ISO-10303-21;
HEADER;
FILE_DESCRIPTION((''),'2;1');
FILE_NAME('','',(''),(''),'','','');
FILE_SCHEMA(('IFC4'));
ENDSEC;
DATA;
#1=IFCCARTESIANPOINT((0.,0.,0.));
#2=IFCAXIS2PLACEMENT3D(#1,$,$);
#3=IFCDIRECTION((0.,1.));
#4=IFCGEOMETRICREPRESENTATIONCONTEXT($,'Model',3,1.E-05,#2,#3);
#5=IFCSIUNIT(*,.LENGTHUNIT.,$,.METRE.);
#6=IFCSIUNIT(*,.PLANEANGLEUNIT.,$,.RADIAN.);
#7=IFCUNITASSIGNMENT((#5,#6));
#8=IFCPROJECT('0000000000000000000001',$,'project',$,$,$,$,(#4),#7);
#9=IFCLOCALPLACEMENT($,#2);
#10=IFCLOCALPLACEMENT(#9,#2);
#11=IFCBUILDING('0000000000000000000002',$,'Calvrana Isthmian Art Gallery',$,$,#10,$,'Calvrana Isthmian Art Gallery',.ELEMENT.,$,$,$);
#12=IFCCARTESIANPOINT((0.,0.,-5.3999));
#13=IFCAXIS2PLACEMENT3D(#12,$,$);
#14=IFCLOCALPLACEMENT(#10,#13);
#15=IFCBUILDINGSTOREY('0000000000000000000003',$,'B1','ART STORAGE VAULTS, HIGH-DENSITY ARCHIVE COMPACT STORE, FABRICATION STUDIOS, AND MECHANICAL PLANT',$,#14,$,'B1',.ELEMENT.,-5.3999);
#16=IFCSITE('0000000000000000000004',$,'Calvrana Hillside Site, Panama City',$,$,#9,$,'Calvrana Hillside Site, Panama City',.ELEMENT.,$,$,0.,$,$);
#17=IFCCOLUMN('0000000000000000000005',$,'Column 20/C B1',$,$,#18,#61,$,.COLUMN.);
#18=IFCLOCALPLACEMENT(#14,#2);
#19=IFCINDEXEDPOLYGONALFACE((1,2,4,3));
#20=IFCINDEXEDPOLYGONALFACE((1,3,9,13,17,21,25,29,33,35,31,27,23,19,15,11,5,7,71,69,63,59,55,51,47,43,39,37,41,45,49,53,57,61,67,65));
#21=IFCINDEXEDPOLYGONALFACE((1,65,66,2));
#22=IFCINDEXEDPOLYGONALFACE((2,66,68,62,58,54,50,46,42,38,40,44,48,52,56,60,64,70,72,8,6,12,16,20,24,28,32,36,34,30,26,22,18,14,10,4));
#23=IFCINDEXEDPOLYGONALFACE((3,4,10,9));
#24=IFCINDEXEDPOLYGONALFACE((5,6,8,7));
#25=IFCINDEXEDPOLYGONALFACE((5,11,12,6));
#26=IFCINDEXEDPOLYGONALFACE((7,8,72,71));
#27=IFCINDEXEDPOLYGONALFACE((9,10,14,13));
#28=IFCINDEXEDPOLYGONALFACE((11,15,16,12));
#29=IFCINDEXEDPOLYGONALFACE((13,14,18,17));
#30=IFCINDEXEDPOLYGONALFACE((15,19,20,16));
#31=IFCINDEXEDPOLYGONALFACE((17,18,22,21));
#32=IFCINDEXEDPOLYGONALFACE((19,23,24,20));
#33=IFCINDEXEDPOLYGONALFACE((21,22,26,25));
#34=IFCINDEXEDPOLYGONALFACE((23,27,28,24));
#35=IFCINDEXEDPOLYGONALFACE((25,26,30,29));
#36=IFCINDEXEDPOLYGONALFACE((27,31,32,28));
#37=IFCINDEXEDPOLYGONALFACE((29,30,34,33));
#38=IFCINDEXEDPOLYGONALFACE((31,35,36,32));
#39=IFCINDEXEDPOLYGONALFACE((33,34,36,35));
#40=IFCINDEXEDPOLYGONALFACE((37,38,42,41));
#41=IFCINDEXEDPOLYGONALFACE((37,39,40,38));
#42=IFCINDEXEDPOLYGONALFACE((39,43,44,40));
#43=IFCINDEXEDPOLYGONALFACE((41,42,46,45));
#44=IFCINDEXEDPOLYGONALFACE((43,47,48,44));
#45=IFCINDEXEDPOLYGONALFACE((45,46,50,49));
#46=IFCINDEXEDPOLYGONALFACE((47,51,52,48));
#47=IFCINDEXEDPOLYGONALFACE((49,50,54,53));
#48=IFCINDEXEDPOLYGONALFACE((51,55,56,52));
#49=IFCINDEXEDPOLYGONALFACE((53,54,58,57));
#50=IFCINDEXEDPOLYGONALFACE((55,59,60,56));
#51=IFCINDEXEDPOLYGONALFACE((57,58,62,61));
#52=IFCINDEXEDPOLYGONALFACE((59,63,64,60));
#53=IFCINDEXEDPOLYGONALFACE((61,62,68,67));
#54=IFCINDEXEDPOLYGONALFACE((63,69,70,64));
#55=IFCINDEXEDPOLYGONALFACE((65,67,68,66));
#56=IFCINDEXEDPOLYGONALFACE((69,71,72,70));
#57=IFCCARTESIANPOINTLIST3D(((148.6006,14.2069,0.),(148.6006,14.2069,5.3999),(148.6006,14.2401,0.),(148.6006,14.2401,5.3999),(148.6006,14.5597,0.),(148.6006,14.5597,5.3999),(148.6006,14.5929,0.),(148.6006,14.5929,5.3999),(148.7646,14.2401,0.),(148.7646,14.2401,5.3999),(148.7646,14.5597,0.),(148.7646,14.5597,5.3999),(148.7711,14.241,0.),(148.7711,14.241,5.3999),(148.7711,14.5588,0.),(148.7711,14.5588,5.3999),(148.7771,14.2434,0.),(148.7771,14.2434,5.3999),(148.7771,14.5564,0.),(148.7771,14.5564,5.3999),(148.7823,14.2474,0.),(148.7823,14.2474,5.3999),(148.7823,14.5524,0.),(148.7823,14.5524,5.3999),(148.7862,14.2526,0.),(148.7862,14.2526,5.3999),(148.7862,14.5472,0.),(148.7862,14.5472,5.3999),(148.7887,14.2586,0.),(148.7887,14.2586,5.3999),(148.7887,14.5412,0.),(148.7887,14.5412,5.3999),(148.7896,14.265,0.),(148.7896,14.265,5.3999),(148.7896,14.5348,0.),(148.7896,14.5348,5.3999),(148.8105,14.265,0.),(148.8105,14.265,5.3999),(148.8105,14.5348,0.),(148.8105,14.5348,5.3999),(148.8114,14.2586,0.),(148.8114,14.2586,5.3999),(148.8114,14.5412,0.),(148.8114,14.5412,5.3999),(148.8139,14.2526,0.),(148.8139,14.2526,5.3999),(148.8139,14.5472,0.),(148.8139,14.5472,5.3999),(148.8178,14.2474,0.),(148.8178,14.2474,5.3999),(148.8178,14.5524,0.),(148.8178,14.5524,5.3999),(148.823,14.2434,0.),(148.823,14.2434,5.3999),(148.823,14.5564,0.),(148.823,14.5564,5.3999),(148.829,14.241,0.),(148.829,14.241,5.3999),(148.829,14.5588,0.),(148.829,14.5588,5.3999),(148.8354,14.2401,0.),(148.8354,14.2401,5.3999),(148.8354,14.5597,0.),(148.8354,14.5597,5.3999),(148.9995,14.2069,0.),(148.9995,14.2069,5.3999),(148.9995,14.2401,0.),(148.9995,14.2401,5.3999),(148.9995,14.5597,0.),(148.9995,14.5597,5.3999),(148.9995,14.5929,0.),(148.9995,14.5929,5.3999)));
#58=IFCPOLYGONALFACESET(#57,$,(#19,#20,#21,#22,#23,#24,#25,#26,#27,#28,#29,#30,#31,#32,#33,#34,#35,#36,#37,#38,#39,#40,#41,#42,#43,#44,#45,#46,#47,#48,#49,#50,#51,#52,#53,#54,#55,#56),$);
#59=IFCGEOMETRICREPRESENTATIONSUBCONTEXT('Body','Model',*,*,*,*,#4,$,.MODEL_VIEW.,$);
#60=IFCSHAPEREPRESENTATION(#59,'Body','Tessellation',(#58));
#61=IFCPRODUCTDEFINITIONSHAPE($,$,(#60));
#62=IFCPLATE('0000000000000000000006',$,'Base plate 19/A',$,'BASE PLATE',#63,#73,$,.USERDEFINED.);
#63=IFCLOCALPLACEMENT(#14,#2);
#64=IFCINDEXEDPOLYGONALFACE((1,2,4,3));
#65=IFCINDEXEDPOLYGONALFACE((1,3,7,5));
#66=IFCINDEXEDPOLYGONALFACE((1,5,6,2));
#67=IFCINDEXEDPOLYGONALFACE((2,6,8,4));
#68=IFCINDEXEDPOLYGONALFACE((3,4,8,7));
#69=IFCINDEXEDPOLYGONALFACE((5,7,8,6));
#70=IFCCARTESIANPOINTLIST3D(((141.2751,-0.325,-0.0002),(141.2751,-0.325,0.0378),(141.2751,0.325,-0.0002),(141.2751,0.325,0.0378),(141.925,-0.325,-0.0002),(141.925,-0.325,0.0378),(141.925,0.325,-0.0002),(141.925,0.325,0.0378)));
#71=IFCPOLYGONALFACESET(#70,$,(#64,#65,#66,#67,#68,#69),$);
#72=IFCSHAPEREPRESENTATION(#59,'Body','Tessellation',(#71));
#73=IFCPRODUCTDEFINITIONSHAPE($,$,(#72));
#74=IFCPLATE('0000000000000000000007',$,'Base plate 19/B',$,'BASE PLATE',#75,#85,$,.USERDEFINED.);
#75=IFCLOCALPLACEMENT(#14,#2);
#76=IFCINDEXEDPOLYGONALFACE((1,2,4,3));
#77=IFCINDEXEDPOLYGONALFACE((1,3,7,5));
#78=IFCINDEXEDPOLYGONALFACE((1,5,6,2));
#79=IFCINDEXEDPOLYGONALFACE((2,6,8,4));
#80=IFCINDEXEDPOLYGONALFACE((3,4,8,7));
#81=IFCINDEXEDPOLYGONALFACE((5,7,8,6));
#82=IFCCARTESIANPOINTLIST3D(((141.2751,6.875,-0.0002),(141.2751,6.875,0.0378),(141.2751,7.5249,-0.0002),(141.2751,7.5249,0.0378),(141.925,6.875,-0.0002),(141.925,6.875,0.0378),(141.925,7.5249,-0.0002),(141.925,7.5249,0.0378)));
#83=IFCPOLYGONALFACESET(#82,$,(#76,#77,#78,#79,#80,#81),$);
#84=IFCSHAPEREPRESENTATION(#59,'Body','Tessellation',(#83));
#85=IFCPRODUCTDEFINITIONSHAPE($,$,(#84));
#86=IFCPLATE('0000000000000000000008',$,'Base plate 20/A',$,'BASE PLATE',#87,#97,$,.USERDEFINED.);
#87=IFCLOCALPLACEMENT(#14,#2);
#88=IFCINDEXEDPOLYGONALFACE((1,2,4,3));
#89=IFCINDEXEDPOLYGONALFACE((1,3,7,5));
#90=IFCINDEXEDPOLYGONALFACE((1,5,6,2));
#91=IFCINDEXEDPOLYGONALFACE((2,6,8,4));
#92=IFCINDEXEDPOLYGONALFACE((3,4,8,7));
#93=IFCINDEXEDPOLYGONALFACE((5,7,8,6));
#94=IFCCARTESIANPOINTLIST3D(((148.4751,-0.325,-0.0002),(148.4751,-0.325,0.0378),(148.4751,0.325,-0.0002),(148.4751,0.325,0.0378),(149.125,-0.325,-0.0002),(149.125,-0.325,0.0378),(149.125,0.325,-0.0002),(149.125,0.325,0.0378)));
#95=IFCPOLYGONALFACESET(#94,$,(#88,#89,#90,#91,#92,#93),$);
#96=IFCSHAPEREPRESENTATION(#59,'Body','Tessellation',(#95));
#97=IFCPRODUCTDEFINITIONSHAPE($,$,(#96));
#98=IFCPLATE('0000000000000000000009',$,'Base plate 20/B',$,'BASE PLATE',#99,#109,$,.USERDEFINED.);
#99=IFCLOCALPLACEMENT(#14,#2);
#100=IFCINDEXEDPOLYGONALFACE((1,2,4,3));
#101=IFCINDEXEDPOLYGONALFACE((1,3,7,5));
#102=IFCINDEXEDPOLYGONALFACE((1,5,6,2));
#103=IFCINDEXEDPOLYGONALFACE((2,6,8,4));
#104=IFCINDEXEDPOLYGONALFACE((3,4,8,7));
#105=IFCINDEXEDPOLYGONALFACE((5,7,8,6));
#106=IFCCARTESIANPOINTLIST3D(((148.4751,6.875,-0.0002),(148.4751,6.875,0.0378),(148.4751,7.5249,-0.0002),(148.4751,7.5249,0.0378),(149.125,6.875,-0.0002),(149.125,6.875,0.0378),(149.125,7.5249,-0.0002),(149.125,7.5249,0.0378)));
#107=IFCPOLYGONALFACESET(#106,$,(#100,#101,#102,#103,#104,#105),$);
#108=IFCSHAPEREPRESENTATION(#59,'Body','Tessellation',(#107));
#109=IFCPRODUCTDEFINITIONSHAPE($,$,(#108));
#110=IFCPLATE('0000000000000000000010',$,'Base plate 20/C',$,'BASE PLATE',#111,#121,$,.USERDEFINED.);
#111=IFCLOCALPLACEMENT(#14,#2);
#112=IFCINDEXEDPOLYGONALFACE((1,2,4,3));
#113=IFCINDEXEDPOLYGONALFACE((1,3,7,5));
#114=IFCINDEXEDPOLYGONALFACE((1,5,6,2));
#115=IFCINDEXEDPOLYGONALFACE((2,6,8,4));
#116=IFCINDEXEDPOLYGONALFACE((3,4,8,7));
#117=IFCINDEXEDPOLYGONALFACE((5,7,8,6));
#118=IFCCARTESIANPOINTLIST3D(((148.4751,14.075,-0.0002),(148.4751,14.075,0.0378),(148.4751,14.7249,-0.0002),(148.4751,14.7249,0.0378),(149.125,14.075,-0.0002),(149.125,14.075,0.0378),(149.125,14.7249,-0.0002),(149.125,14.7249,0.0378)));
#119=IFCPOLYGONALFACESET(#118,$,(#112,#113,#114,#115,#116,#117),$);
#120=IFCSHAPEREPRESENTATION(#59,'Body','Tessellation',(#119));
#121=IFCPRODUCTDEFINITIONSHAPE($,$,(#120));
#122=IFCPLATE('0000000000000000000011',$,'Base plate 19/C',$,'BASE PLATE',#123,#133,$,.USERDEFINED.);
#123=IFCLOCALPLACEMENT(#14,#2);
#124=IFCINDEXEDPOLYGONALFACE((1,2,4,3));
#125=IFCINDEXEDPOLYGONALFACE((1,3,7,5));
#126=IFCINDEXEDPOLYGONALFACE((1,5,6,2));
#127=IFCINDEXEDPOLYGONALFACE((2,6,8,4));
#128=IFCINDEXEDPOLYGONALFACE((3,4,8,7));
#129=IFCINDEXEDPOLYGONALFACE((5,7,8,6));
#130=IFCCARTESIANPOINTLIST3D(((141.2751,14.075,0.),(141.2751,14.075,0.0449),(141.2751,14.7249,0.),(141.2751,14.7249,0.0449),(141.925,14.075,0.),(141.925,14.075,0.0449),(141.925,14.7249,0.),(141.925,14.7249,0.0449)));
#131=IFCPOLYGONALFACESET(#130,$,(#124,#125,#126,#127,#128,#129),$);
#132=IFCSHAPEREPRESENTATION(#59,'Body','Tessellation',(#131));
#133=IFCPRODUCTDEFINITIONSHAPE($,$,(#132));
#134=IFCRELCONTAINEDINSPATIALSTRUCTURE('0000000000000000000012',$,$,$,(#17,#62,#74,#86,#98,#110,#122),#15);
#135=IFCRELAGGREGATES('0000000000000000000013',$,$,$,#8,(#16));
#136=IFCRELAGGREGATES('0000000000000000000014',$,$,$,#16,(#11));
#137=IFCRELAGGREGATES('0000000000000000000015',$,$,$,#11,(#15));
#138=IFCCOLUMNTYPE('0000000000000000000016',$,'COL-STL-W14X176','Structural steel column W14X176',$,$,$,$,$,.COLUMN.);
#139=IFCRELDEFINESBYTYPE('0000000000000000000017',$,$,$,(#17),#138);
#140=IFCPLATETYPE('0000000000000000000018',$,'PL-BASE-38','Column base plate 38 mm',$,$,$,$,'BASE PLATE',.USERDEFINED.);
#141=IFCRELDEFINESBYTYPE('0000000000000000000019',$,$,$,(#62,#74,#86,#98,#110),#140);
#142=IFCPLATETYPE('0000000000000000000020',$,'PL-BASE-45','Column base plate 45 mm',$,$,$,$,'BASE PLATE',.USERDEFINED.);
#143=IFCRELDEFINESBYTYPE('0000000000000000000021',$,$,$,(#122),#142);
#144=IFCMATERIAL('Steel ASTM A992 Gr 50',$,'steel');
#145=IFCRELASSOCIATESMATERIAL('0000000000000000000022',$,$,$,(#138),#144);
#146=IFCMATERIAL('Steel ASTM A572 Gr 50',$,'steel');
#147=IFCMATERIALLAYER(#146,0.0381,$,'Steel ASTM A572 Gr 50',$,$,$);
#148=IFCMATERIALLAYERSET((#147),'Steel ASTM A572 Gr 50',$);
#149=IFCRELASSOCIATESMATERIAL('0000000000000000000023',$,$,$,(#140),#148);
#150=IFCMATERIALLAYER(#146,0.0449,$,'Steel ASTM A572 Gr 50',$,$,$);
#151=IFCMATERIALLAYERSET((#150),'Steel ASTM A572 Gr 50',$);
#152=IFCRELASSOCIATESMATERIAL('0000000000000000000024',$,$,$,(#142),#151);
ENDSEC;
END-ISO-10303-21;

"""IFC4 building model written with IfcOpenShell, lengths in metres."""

from ifc_helpers import new_model, si_unit, direction, frame, origin, origin_2d, place, context, subcontext, project, spatial, rectangle, i_section, extrude, material, layer, layer_set, material_profile, profile_set, type_object, element, save


model = new_model("IFC4")

# Units and contexts
model_context = context("Model", 3, precision=1e-05, world=origin(), true_north=direction((0.0, 1.0)))
body_context = subcontext(model_context, "Body", "Model", "MODEL_VIEW")
ifc_project = project(units=[si_unit("LENGTHUNIT", "METRE"), si_unit("PLANEANGLEUNIT", "RADIAN")], contexts=[model_context])

# Site, building, storey
site_placement = place(None, origin())
site = spatial("IfcSite", under=ifc_project, at=site_placement, Name="Calvrana Hillside Site, Panama City", LongName="Calvrana Hillside Site, Panama City", CompositionType="ELEMENT", RefElevation=0.0)
building_placement = place(site_placement, origin())
building = spatial("IfcBuilding", under=site, at=building_placement, Name="Calvrana Isthmian Art Gallery", LongName="Calvrana Isthmian Art Gallery", CompositionType="ELEMENT")
storey_placement = place(building_placement, frame((0.0, 0.0, -5.3999)))
storey = spatial("IfcBuildingStorey", under=building, at=storey_placement, Name="B1", Description="ART STORAGE VAULTS, HIGH-DENSITY ARCHIVE COMPACT STORE, FABRICATION STUDIOS, AND MECHANICAL PLANT", LongName="B1", CompositionType="ELEMENT", Elevation=-5.3999)

# Column
ifc_material_1 = material(Name="Steel ASTM A992 Gr 50", Category="steel")
ifc_material_profile_1 = material_profile(ifc_material_1, i_section(OverallWidth=0.3989, OverallDepth=0.386, WebThickness=0.021, FlangeThickness=0.0332, FilletRadius=0.0249, at=origin_2d()), Name="W14X176")
ifc_profile_set_1 = profile_set([ifc_material_profile_1], Name="Steel ASTM A992 Gr 50")
column_type_1 = type_object("IfcColumnType", Name="COL-STL-W14X176", Description="Structural steel column W14X176", PredefinedType="COLUMN", material=ifc_profile_set_1)
column_1_placement = place(storey_placement, frame((148.8, 14.3999, 0.0), z_axis=(0.0, 0.0, 1.0), x_axis=(1.0, 0.0, 0.0)))
element("IfcColumn", 1, at=column_1_placement, inside=storey, type_object=column_type_1, Name="Column 20/C B1", PredefinedType="COLUMN", context=body_context, shape_type="SweptSolid", body=[
    extrude(i_section(OverallWidth=0.3989, OverallDepth=0.386, WebThickness=0.021, FlangeThickness=0.0332, FilletRadius=0.0249, at=origin_2d()), origin(), (0.0, 0.0, 1.0), 5.3999),
])

# Plates
ifc_material_2 = material(Name="Steel ASTM A572 Gr 50", Category="steel")
ifc_layer_1 = layer(ifc_material_2, 0.0381, Name="Steel ASTM A572 Gr 50")
ifc_layer_set_1 = layer_set([ifc_layer_1], Name="Steel ASTM A572 Gr 50")
plate_type_1 = type_object("IfcPlateType", Name="PL-BASE-38", Description="Column base plate 38 mm", ElementType="BASE PLATE", PredefinedType="USERDEFINED", material=ifc_layer_set_1)
for number, where, z_axis, x_axis, name in (
    (2, (141.6001, 0.0, -0.0002), (0.0, 0.0, 1.0), (1.0, 0.0, 0.0), "Base plate 19/A"),
    (3, (141.6001, 7.2, -0.0002), (0.0, 0.0, 1.0), (1.0, 0.0, 0.0), "Base plate 19/B"),
    (4, (148.8, 0.0, -0.0002), (0.0, 0.0, 1.0), (1.0, 0.0, 0.0), "Base plate 20/A"),
    (5, (148.8, 7.2, -0.0002), (0.0, 0.0, 1.0), (1.0, 0.0, 0.0), "Base plate 20/B"),
    (6, (148.8, 14.3999, -0.0002), (0.0, 0.0, 1.0), (1.0, 0.0, 0.0), "Base plate 20/C"),
):
    element("IfcPlate", number, at=place(storey_placement, frame(where, z_axis=z_axis, x_axis=x_axis)), inside=storey, type_object=plate_type_1, Name=name, ObjectType="BASE PLATE", PredefinedType="USERDEFINED", context=body_context, shape_type="SweptSolid", body=[
        extrude(rectangle(XDim=0.6499, YDim=0.6499, at=origin_2d()), origin(), (0.0, 0.0, 1.0), 0.0381),
    ])
ifc_layer_2 = layer(ifc_material_2, 0.0449, Name="Steel ASTM A572 Gr 50")
ifc_layer_set_2 = layer_set([ifc_layer_2], Name="Steel ASTM A572 Gr 50")
plate_type_2 = type_object("IfcPlateType", Name="PL-BASE-45", Description="Column base plate 45 mm", ElementType="BASE PLATE", PredefinedType="USERDEFINED", material=ifc_layer_set_2)
plate_placement = place(storey_placement, frame((141.6001, 14.3999, 0.0), z_axis=(0.0, 0.0, 1.0), x_axis=(1.0, 0.0, 0.0)))
element("IfcPlate", 7, at=plate_placement, inside=storey, type_object=plate_type_2, Name="Base plate 19/C", ObjectType="BASE PLATE", PredefinedType="USERDEFINED", context=body_context, shape_type="SweptSolid", body=[
    extrude(rectangle(XDim=0.6499, YDim=0.6499, at=origin_2d()), origin(), (0.0, 0.0, 1.0), 0.0449),
])

save(model, "model.ifc")
